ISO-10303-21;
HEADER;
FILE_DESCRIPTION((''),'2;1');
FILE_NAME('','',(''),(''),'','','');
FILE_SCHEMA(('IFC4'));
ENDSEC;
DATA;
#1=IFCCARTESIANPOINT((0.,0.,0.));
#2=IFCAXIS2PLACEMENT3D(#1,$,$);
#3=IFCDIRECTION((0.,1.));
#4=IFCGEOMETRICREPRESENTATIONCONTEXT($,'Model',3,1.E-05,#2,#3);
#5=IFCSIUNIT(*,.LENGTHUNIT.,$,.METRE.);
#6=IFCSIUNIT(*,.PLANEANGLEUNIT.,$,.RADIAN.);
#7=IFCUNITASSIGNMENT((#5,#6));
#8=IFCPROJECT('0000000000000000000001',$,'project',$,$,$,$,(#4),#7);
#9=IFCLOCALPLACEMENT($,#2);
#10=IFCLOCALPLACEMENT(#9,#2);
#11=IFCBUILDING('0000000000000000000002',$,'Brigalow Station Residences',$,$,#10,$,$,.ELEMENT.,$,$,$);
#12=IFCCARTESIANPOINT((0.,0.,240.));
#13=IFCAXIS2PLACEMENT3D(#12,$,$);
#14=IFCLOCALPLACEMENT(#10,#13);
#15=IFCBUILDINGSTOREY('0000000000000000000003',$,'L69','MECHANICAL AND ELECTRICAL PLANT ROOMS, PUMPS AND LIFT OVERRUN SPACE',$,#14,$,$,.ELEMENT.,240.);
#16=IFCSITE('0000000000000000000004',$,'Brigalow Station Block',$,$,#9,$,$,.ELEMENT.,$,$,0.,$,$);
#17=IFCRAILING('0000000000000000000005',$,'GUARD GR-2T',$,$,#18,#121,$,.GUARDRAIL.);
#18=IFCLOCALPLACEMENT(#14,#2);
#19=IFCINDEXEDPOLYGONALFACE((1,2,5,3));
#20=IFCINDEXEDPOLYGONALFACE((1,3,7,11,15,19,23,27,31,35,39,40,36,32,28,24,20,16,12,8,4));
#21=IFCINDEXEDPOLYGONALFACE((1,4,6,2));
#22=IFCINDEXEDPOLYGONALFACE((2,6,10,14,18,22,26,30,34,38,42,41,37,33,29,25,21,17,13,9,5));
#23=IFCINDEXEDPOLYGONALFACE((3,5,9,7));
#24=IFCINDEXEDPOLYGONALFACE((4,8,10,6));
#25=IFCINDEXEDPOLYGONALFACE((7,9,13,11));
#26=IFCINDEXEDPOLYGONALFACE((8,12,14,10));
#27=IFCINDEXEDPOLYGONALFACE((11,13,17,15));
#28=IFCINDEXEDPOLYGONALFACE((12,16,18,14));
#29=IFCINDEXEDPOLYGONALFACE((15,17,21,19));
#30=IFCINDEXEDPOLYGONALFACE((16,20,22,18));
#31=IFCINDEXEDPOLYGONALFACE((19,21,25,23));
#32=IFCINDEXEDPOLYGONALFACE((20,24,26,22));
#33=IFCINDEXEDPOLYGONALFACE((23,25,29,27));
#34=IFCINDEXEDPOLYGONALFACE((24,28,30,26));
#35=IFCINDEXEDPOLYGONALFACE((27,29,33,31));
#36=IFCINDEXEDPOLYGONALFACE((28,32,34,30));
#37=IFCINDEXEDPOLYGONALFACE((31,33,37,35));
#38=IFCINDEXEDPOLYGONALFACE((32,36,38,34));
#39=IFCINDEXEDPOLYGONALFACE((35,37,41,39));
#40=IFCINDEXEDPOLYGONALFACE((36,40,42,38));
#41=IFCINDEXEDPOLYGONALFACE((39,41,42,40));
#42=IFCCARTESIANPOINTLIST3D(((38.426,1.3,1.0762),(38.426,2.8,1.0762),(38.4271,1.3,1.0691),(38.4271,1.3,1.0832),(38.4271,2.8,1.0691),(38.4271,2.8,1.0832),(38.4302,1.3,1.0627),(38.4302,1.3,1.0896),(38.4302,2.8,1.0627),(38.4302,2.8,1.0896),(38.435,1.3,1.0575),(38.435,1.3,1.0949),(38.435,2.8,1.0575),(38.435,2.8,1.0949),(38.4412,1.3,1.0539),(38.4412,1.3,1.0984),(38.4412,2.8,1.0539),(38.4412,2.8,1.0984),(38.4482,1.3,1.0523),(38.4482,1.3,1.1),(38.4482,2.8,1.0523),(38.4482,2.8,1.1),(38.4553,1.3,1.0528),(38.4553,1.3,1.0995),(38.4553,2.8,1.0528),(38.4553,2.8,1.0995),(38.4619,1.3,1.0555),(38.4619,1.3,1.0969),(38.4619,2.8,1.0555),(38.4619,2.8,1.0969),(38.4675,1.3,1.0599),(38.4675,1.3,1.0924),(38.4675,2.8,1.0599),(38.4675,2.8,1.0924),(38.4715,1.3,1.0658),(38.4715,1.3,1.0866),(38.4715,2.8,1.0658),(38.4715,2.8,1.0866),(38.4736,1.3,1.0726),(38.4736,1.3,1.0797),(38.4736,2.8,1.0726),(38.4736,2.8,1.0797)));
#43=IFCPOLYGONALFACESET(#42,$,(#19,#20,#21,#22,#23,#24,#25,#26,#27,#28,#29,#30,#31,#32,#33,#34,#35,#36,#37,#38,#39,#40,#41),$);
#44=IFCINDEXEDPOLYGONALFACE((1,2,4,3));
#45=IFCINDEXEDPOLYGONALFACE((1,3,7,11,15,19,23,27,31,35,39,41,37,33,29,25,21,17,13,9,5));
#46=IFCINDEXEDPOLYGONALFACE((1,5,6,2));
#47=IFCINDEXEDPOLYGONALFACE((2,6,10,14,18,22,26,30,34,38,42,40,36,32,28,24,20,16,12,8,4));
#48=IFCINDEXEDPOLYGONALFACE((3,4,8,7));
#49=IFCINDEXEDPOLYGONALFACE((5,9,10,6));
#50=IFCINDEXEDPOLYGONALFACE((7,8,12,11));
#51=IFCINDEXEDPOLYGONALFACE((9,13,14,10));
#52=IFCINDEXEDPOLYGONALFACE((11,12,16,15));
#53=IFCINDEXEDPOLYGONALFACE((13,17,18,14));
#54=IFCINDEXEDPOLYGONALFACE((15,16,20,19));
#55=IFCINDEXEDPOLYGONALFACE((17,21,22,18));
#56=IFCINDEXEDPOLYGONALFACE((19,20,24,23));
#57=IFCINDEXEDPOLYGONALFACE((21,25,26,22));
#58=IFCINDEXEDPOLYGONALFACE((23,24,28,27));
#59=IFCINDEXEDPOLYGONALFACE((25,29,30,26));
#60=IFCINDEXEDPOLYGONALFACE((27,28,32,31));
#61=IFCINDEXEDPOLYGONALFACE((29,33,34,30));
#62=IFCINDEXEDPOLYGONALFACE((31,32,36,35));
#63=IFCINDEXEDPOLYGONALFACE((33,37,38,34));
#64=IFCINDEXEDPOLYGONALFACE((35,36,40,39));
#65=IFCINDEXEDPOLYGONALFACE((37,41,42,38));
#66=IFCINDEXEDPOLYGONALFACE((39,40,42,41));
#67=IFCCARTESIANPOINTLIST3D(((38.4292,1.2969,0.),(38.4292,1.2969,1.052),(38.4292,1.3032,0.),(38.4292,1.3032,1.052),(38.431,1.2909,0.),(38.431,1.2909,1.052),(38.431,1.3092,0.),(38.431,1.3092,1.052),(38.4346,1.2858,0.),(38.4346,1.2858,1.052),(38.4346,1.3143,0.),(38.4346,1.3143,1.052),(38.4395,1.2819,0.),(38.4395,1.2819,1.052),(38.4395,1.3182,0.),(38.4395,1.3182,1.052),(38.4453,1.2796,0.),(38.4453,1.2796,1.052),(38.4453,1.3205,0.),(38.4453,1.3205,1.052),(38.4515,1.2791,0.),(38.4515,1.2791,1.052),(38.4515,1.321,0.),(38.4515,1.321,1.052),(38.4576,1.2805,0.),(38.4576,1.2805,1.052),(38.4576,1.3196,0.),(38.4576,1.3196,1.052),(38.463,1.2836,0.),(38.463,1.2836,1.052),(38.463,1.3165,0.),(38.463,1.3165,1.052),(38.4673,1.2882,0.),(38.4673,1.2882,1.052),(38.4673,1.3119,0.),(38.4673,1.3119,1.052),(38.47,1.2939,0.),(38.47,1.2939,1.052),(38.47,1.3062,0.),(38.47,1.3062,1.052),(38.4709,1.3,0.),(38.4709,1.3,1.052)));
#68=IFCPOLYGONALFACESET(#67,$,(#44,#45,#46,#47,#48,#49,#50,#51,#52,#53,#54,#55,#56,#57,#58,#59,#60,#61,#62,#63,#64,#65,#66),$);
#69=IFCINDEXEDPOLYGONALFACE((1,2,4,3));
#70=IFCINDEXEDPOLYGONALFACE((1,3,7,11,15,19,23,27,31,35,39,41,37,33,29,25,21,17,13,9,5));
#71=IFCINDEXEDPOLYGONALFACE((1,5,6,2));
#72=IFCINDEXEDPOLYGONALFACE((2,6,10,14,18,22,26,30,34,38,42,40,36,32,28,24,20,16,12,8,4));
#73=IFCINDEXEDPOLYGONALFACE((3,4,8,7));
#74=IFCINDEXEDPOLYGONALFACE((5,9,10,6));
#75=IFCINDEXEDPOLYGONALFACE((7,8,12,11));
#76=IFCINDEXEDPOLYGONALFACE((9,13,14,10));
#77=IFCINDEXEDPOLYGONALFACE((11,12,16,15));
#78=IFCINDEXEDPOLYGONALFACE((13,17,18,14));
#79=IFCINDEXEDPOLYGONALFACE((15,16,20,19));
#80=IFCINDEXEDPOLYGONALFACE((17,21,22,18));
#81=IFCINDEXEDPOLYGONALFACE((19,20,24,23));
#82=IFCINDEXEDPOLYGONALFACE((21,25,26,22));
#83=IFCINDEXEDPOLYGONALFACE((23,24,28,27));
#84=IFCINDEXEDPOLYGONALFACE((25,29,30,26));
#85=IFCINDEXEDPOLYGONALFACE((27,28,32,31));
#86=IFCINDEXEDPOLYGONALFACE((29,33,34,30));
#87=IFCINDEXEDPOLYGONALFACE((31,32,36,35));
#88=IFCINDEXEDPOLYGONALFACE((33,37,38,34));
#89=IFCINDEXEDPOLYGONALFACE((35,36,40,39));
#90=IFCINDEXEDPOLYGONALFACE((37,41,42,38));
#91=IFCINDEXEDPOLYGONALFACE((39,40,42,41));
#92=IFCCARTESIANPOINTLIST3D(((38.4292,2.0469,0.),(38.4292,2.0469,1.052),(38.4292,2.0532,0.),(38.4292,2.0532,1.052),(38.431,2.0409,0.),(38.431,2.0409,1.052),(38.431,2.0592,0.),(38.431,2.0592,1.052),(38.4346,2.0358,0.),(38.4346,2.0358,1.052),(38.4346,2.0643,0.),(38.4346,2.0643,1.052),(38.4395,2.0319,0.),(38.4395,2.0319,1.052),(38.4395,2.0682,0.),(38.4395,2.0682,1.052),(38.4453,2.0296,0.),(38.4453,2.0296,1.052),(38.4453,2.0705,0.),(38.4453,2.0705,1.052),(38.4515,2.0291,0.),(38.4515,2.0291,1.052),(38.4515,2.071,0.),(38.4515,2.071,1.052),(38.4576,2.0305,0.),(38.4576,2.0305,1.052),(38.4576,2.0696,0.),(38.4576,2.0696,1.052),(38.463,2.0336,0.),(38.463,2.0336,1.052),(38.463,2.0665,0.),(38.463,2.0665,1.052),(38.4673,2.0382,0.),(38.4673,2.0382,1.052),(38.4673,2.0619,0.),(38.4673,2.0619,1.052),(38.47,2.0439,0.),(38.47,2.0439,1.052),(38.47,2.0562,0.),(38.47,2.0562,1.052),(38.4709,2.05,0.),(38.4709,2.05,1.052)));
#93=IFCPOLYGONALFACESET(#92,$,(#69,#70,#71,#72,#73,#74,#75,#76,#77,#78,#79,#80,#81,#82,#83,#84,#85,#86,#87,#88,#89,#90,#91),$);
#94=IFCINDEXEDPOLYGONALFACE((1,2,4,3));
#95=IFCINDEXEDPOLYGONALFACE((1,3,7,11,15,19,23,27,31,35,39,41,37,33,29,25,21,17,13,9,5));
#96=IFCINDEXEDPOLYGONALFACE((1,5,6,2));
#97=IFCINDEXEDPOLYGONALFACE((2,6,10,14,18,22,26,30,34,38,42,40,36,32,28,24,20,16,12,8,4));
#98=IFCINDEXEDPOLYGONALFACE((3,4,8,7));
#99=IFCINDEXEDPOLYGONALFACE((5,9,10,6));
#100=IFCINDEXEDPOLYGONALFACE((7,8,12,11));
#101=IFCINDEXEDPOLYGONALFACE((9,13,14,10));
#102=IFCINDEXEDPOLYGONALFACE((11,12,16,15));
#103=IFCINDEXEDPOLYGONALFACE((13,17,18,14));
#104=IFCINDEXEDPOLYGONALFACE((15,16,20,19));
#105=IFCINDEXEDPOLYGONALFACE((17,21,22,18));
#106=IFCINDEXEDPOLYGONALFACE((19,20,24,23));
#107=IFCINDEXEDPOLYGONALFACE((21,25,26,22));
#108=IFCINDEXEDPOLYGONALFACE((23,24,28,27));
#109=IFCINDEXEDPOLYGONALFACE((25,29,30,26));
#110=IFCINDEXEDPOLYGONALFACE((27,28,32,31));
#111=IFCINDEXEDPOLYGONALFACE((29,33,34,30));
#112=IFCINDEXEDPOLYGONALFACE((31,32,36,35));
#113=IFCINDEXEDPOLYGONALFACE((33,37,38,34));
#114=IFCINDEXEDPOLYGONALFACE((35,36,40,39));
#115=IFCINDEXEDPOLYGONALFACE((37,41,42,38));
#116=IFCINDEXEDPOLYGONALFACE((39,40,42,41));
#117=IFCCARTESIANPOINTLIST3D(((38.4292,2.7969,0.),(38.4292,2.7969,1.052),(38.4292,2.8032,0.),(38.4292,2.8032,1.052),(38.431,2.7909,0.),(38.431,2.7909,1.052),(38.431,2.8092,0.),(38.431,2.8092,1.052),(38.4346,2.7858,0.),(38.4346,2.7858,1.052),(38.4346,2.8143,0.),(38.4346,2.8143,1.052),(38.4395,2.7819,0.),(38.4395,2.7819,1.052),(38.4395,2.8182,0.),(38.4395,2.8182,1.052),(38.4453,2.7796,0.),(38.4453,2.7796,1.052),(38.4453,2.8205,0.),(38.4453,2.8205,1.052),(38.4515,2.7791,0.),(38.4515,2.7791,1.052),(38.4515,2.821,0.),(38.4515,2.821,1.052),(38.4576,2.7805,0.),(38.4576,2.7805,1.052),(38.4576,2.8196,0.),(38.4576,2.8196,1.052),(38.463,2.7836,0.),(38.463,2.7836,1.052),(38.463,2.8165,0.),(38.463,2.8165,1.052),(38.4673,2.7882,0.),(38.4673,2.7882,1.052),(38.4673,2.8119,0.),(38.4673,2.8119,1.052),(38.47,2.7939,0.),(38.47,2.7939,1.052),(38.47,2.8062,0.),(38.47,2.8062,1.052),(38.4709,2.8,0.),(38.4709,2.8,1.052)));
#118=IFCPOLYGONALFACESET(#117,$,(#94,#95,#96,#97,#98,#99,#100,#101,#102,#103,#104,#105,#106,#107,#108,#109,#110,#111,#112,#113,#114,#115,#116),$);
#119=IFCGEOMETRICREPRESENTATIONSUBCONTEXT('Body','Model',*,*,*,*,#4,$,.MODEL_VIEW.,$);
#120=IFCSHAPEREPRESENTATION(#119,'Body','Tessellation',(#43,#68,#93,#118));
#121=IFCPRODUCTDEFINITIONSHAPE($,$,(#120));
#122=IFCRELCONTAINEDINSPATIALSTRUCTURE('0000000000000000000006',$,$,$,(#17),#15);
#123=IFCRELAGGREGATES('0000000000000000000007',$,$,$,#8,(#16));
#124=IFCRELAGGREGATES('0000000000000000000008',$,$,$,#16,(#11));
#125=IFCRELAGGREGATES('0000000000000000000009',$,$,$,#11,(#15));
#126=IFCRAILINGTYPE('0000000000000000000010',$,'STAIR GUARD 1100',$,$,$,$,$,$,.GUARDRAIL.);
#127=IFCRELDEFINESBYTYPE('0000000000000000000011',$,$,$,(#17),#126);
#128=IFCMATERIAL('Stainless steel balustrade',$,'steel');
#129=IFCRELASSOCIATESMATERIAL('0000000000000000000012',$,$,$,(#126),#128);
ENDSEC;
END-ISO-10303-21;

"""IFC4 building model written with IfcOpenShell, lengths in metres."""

from ifc_helpers import new_model, si_unit, direction, frame, origin, origin_2d, place, context, subcontext, project, spatial, circle, extrude, material, type_object, element, save


model = new_model("IFC4")

# Units and contexts
model_context = context("Model", 3, precision=1e-05, world=origin(), true_north=direction((0.0, 1.0)))
body_context = subcontext(model_context, "Body", "Model", "MODEL_VIEW")
ifc_project = project(units=[si_unit("LENGTHUNIT", "METRE"), si_unit("PLANEANGLEUNIT", "RADIAN")], contexts=[model_context])

# Site, building, storey
site_placement = place(None, origin())
site = spatial("IfcSite", under=ifc_project, at=site_placement, Name="Brigalow Station Block", CompositionType="ELEMENT", RefElevation=0.0)
building_placement = place(site_placement, origin())
building = spatial("IfcBuilding", under=site, at=building_placement, Name="Brigalow Station Residences", CompositionType="ELEMENT")
storey_placement = place(building_placement, frame((0.0, 0.0, 240.0)))
storey = spatial("IfcBuildingStorey", under=building, at=storey_placement, Name="L69", Description="MECHANICAL AND ELECTRICAL PLANT ROOMS, PUMPS AND LIFT OVERRUN SPACE", CompositionType="ELEMENT", Elevation=240.0)

# Railing
ifc_material_1 = material(Name="Stainless steel balustrade", Category="steel")
railing_type = type_object("IfcRailingType", Name="STAIR GUARD 1100", PredefinedType="GUARDRAIL", material=ifc_material_1)
railing_placement = place(storey_placement, frame((38.45, 1.3, 0.0)))
element("IfcRailing", 1, at=railing_placement, inside=storey, type_object=railing_type, Name="GUARD GR-2T", PredefinedType="GUARDRAIL", context=body_context, shape_type="SweptSolid", body=[
    extrude(circle(Radius=0.0239, at=origin_2d()), frame((0.0, 0.0, 1.0762), z_axis=(0.0, 1.0, 0.0), x_axis=(-1.0, 0.0, 0.0)), (0.0, 0.0, 1.0), 1.5),
    extrude(circle(Radius=0.021, at=origin_2d()), origin(), (0.0, 0.0, 1.0), 1.052),
    extrude(circle(Radius=0.021, at=origin_2d()), frame((0.0, 0.75, 0.0)), (0.0, 0.0, 1.0), 1.052),
    extrude(circle(Radius=0.021, at=origin_2d()), frame((0.0, 1.5, 0.0)), (0.0, 0.0, 1.0), 1.052),
])

save(model, "model.ifc")
